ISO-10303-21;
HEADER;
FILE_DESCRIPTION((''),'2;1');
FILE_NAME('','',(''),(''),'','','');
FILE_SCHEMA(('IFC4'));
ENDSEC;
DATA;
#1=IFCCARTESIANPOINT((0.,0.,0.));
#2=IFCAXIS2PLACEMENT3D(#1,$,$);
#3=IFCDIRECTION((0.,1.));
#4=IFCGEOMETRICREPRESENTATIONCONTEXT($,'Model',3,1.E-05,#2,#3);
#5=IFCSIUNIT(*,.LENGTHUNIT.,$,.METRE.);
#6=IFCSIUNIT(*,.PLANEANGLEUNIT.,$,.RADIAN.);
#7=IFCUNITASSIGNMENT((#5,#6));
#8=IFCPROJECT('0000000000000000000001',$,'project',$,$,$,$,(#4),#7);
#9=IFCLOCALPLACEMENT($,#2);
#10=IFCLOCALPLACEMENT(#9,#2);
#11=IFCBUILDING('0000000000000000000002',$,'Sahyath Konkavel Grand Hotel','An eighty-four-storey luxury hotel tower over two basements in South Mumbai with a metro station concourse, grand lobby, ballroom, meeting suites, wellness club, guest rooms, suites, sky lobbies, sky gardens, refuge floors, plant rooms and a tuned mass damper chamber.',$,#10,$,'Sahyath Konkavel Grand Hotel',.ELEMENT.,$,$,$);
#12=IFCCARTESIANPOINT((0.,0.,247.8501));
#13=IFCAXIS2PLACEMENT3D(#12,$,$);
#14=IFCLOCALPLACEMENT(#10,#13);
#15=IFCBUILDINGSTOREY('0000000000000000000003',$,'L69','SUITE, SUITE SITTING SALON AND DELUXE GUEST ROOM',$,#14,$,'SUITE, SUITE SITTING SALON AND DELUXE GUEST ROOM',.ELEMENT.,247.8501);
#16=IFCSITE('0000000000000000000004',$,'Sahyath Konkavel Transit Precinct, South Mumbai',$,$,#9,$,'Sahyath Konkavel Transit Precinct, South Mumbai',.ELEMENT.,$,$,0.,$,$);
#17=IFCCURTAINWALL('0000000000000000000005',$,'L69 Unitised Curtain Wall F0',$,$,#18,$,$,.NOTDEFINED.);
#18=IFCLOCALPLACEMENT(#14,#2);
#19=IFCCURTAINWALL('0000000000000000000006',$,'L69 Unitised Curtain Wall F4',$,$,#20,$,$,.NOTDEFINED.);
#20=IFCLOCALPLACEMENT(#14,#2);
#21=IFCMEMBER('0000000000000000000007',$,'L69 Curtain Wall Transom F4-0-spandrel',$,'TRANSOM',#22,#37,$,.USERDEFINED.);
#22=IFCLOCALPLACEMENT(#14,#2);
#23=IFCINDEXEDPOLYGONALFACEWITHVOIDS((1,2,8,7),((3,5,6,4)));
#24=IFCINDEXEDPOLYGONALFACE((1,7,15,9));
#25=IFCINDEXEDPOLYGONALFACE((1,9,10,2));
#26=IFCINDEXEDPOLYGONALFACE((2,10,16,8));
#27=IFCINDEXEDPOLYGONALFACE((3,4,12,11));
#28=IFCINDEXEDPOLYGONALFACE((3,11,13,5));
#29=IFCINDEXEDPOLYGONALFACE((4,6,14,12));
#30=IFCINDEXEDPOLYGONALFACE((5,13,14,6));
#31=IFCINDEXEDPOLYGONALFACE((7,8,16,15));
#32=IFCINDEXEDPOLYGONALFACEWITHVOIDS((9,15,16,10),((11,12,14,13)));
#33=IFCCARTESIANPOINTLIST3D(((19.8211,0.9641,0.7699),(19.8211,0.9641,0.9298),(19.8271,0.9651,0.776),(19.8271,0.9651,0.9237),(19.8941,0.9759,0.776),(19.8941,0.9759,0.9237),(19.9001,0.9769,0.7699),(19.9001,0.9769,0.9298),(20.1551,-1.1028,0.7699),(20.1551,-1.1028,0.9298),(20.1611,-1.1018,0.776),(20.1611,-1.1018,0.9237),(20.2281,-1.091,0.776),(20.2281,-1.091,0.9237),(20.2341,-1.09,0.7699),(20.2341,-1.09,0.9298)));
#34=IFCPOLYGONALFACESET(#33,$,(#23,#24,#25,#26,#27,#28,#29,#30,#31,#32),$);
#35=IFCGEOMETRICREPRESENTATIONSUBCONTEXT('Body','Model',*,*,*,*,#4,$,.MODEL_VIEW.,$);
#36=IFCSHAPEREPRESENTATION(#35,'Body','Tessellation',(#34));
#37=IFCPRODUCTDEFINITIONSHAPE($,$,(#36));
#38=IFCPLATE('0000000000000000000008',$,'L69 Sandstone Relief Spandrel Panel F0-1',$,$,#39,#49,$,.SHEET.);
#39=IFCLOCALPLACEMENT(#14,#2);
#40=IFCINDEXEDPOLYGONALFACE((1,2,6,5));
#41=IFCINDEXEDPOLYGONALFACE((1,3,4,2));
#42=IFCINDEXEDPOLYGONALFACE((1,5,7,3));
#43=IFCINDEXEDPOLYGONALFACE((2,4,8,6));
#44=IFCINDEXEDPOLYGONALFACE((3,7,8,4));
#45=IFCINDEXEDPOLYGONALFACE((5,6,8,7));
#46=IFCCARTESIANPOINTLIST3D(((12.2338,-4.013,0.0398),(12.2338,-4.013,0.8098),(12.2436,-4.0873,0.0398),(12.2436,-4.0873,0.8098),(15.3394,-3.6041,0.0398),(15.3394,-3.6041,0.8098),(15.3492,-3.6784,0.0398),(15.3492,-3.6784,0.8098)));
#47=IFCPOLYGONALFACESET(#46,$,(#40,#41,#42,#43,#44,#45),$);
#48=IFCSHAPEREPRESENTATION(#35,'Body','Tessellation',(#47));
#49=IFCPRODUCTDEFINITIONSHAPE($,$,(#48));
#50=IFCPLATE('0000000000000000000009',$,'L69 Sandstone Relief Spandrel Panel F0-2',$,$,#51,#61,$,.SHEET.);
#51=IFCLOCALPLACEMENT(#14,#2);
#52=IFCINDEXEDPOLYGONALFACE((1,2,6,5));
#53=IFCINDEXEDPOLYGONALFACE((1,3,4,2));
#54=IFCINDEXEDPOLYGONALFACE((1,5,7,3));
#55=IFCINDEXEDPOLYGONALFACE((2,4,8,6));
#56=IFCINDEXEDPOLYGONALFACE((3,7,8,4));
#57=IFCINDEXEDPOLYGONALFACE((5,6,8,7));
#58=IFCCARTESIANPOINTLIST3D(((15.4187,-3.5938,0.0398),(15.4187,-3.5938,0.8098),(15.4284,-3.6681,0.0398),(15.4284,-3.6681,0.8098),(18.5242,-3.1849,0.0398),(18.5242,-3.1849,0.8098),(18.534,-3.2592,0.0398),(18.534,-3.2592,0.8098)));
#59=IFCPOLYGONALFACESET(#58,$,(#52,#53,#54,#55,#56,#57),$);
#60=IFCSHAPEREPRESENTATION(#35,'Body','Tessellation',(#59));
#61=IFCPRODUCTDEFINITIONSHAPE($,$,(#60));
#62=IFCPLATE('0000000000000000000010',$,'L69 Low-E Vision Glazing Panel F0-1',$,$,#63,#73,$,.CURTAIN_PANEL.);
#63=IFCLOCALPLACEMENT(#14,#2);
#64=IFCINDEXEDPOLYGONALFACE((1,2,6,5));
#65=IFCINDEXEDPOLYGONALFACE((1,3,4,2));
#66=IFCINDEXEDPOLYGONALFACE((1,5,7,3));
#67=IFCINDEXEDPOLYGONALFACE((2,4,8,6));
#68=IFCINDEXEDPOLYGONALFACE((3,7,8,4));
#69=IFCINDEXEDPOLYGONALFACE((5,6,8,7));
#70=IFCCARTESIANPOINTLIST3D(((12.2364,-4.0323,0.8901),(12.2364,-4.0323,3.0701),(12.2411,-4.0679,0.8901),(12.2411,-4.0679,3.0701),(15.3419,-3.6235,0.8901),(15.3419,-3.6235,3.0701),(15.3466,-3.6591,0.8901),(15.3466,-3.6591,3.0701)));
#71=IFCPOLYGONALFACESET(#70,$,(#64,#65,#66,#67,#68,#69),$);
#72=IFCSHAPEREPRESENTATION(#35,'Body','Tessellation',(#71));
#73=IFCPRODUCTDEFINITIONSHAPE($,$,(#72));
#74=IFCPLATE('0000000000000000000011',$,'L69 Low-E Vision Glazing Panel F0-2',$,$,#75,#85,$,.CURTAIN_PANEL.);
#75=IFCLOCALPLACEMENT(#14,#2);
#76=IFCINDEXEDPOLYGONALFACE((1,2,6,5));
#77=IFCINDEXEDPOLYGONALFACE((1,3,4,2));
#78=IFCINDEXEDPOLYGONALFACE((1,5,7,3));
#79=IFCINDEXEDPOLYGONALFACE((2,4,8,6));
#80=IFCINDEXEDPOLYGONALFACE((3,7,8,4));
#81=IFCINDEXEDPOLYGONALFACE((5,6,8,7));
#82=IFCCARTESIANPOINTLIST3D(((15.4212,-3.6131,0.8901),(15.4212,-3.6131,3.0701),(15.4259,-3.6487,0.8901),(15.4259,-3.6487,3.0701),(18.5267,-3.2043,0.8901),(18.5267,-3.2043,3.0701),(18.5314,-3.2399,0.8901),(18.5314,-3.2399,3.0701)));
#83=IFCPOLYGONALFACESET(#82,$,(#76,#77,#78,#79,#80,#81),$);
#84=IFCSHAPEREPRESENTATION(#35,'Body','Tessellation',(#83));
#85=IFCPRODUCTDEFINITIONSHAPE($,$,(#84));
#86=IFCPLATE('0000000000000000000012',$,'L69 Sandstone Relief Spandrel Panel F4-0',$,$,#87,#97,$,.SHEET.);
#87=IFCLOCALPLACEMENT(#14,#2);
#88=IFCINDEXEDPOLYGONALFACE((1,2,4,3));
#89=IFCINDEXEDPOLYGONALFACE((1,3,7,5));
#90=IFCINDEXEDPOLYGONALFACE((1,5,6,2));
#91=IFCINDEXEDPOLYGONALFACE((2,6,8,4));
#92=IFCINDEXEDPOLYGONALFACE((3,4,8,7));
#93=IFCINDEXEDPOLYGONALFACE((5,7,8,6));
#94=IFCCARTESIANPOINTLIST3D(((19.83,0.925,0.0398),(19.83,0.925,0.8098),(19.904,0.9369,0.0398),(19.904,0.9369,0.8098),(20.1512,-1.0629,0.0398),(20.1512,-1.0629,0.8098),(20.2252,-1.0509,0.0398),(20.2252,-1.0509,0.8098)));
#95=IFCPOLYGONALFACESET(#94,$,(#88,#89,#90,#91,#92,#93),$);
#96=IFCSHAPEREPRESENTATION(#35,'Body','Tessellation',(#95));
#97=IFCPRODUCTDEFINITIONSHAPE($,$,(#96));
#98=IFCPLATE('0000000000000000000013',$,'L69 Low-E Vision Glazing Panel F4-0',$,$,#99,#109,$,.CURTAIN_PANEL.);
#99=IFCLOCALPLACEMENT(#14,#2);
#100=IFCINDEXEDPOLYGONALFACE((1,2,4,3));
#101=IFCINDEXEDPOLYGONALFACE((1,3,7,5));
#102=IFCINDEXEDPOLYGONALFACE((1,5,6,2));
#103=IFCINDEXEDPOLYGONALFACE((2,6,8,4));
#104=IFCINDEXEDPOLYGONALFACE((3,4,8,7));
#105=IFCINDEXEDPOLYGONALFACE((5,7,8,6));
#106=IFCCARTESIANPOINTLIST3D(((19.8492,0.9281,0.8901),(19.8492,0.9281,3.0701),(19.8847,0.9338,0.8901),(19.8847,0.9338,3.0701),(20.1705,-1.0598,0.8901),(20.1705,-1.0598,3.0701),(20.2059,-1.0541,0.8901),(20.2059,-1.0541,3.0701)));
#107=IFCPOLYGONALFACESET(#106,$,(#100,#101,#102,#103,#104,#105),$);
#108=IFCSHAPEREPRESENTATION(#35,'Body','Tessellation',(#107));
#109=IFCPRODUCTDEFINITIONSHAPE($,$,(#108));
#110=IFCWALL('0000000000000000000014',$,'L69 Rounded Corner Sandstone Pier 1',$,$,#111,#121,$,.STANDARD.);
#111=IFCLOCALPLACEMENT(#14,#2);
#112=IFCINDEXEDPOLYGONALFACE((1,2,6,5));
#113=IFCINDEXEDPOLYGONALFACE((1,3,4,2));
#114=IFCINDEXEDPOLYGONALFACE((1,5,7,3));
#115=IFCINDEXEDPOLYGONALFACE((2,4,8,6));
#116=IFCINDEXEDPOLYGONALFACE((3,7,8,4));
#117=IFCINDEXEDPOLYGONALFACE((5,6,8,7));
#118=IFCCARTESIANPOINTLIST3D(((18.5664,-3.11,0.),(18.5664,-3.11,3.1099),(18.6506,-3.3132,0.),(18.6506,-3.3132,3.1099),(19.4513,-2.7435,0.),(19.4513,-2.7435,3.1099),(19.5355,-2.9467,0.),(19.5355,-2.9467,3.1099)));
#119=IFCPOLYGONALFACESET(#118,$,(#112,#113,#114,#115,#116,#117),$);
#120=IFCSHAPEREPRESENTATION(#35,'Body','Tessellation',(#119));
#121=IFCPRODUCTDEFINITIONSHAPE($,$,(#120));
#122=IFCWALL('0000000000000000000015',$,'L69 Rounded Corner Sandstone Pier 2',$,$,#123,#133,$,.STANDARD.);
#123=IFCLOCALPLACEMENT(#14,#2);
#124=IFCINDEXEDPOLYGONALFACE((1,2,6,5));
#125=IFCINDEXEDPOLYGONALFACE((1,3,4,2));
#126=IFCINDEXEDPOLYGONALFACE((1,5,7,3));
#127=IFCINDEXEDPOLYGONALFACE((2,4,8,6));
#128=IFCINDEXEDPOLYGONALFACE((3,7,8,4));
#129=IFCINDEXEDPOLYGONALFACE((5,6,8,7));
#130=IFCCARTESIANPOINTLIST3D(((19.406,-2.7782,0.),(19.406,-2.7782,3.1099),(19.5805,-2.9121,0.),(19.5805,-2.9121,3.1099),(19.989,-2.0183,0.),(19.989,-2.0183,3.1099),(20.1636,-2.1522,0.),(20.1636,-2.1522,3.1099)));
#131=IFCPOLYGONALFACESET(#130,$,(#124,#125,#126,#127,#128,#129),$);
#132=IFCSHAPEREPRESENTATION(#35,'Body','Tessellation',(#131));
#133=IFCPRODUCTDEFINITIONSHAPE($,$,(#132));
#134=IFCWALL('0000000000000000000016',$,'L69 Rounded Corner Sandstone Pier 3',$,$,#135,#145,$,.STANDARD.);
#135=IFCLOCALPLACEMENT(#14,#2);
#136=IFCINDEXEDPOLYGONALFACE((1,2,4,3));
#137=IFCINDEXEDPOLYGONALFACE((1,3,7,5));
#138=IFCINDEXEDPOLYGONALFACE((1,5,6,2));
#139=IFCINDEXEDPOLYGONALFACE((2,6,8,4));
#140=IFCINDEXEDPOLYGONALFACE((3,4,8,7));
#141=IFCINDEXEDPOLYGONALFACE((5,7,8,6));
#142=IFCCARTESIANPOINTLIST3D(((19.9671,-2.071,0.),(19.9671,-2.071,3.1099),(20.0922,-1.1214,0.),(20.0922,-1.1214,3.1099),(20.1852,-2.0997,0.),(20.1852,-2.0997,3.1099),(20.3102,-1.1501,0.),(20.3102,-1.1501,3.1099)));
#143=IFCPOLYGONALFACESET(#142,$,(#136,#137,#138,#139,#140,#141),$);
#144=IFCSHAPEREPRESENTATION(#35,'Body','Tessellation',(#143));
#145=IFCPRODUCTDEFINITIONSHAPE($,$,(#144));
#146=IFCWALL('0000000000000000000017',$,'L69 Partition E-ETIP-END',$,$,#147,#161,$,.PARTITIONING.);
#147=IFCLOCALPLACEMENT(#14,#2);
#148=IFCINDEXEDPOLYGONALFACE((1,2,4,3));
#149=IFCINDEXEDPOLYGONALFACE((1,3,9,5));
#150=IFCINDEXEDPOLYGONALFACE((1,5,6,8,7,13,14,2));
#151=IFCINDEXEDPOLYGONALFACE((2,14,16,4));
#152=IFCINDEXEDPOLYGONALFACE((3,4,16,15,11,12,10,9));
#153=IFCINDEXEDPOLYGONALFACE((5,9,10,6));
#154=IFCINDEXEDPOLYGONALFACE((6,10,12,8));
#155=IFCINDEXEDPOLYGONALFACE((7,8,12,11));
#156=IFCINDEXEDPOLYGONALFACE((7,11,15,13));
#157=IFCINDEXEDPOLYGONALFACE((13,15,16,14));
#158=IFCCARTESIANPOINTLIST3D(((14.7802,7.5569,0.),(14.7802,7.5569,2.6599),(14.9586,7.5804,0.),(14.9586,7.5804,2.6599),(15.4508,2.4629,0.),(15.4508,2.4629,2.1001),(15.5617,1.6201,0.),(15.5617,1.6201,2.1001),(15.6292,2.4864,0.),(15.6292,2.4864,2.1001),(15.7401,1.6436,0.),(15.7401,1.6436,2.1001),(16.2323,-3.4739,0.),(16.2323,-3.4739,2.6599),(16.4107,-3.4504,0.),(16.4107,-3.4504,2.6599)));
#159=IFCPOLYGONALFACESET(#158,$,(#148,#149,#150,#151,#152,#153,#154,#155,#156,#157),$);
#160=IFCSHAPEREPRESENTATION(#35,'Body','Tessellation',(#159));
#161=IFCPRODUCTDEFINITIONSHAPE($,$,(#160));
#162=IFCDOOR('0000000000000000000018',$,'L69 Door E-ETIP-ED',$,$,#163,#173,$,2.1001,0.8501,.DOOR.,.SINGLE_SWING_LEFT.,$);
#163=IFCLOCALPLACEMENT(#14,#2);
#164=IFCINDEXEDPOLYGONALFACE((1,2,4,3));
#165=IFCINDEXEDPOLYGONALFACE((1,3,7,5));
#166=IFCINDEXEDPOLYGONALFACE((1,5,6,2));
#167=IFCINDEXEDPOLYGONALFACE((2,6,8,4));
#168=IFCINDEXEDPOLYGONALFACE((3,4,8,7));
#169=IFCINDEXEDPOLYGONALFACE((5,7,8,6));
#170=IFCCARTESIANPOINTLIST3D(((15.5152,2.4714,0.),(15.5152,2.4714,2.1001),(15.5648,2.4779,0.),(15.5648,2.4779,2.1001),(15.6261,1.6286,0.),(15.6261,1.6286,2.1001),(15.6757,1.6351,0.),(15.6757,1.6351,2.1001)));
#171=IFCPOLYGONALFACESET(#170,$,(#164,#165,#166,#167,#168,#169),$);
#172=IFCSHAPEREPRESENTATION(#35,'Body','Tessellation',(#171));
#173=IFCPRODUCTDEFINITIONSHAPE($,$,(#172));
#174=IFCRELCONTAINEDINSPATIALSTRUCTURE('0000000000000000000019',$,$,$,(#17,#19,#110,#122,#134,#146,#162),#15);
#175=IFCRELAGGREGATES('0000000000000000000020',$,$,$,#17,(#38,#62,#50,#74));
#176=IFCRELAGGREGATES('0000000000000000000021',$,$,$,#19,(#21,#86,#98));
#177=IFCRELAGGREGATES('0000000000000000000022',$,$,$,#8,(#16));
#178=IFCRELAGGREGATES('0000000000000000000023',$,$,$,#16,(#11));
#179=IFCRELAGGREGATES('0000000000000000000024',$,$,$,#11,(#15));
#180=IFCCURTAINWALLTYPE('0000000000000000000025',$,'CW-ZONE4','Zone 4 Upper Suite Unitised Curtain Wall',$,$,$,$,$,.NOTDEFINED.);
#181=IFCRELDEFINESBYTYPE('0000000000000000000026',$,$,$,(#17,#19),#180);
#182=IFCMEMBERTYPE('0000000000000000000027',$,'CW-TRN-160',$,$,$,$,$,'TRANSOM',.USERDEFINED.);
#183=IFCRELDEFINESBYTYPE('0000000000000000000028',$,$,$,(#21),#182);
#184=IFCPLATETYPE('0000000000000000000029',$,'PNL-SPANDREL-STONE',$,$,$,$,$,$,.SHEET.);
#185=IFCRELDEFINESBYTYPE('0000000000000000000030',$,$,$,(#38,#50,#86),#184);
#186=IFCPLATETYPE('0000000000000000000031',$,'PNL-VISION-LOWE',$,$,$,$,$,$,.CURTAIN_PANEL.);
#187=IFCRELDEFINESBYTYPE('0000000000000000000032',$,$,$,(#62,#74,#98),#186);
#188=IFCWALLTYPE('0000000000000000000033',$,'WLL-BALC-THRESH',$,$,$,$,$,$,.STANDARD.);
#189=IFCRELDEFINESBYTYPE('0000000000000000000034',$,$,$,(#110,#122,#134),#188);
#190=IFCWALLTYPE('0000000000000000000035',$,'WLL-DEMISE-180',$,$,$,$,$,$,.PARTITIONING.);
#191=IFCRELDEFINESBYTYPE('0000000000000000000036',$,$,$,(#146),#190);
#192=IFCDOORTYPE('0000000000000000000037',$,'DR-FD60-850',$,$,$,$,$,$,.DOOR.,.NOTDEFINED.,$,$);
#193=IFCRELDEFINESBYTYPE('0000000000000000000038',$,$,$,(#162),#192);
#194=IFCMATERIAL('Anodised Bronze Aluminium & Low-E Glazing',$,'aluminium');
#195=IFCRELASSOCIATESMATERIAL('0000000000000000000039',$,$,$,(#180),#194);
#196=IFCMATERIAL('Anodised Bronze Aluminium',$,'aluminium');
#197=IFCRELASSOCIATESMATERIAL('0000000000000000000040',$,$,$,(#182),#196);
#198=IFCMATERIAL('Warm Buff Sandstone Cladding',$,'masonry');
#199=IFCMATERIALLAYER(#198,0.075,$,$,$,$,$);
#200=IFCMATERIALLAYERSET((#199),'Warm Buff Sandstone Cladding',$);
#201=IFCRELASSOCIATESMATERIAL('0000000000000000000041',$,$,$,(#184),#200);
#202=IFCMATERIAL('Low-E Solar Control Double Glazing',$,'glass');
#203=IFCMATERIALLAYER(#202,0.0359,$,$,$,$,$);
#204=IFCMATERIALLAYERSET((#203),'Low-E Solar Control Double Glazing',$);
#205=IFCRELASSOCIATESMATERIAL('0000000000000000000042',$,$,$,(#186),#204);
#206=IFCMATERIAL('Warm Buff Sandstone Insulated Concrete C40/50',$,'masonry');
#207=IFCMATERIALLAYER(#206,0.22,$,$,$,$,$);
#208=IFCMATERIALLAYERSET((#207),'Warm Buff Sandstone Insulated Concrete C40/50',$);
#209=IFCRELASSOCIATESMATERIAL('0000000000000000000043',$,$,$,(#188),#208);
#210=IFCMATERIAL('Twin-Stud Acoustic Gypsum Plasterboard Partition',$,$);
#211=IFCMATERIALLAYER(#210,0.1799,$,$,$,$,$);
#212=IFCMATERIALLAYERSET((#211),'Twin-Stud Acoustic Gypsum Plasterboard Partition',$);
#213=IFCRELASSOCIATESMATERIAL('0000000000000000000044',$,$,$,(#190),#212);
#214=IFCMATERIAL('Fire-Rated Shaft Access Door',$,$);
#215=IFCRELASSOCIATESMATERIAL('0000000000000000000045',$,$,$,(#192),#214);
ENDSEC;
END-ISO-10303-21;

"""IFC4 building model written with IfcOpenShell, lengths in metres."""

from ifc_helpers import new_model, si_unit, direction, frame, frame_2d, origin, origin_2d, place, context, subcontext, project, spatial, rectangle, hollow_rectangle, extrude, source, transform, mapped, material, layer, layer_set, material_profile, profile_set, type_object, element, fill, aggregate, save


model = new_model("IFC4")

# Units and contexts
model_context = context("Model", 3, precision=1e-05, world=origin(), true_north=direction((0.0, 1.0)))
body_context = subcontext(model_context, "Body", "Model", "MODEL_VIEW")
ifc_project = project(units=[si_unit("LENGTHUNIT", "METRE"), si_unit("PLANEANGLEUNIT", "RADIAN")], contexts=[model_context])

# Site, building, storey
site_placement = place(None, origin())
site = spatial("IfcSite", under=ifc_project, at=site_placement, Name="Sahyath Konkavel Transit Precinct, South Mumbai", LongName="Sahyath Konkavel Transit Precinct, South Mumbai", CompositionType="ELEMENT", RefElevation=0.0)
building_placement = place(site_placement, origin())
building = spatial("IfcBuilding", under=site, at=building_placement, Name="Sahyath Konkavel Grand Hotel", Description="An eighty-four-storey luxury hotel tower over two basements in South Mumbai with a metro station concourse, grand lobby, ballroom, meeting suites, wellness club, guest rooms, suites, sky lobbies, sky gardens, refuge floors, plant rooms and a tuned mass damper chamber.", LongName="Sahyath Konkavel Grand Hotel", CompositionType="ELEMENT")
storey_placement = place(building_placement, frame((0.0, 0.0, 247.8501)))
storey = spatial("IfcBuildingStorey", under=building, at=storey_placement, Name="L69", Description="SUITE, SUITE SITTING SALON AND DELUXE GUEST ROOM", LongName="SUITE, SUITE SITTING SALON AND DELUXE GUEST ROOM", CompositionType="ELEMENT", Elevation=247.8501)

# Curtain wall
ifc_material_1 = material(Name="Anodised Bronze Aluminium & Low-E Glazing", Category="aluminium")
curtain_wall_type = type_object("IfcCurtainWallType", Name="CW-ZONE4", Description="Zone 4 Upper Suite Unitised Curtain Wall", PredefinedType="NOTDEFINED", material=ifc_material_1)
curtain_wall_1_placement = place(storey_placement, origin())
curtain_wall_1 = element("IfcCurtainWall", 1, at=curtain_wall_1_placement, inside=storey, type_object=curtain_wall_type, Name="L69 Unitised Curtain Wall F0", PredefinedType="NOTDEFINED")
ifc_material_2 = material(Name="Anodised Bronze Aluminium", Category="aluminium")

# Curtain wall
curtain_wall_2_placement = place(storey_placement, origin())
curtain_wall_2 = element("IfcCurtainWall", 2, at=curtain_wall_2_placement, inside=storey, type_object=curtain_wall_type, Name="L69 Unitised Curtain Wall F4", PredefinedType="NOTDEFINED")

# Member
ifc_material_profile_1 = material_profile(ifc_material_2, hollow_rectangle(XDim=0.0801, YDim=0.1599, WallThickness=0.0061, at=origin_2d()), Name="RHS 160x80x6")
ifc_profile_set_1 = profile_set([ifc_material_profile_1], Name="Anodised Bronze Aluminium")
member_type_1 = type_object("IfcMemberType", Name="CW-TRN-160", ElementType="TRANSOM", PredefinedType="USERDEFINED", material=ifc_profile_set_1)
shared_shape_1 = source(origin(), body_context, "Body", "SweptSolid", [
    extrude(hollow_rectangle(XDim=0.0801, YDim=0.1599, WallThickness=0.0061, at=origin_2d()), origin(), (0.0, 0.0, 1.0), 2.0938),
])
member_1_placement = place(storey_placement, frame((20.1946, -1.0964, 0.8499), z_axis=(-0.159518, 0.987195, 0.0), x_axis=(-0.987195, -0.159518, 0.0)))
member_1 = element("IfcMember", 3, at=member_1_placement, type_object=member_type_1, Name="L69 Curtain Wall Transom F4-0-spandrel", ObjectType="TRANSOM", PredefinedType="USERDEFINED", context=body_context, shape_type="MappedRepresentation", body=[
    mapped(shared_shape_1, transform((0.0, 0.0, 0.0), scale=1.0)),
])

# Plates
ifc_material_3 = material(Name="Warm Buff Sandstone Cladding", Category="masonry")
ifc_layer_1 = layer(ifc_material_3, 0.075)
ifc_layer_set_1 = layer_set([ifc_layer_1], Name="Warm Buff Sandstone Cladding")
plate_type_1 = type_object("IfcPlateType", Name="PNL-SPANDREL-STONE", PredefinedType="SHEET", material=ifc_layer_set_1)
shared_shape_2 = source(origin(), body_context, "Body", "SweptSolid", [
    extrude(rectangle(XDim=3.1323, YDim=0.075, at=origin_2d()), origin(), (0.0, 0.0, 1.0), 0.77),
])
plate_1_placement = place(storey_placement, frame((13.7915, -3.8457, 0.0398), z_axis=(0.0, 0.0, 1.0), x_axis=(0.991445, 0.130526, 0.0)))
plate_1 = element("IfcPlate", 4, at=plate_1_placement, type_object=plate_type_1, Name="L69 Sandstone Relief Spandrel Panel F0-1", PredefinedType="SHEET", context=body_context, shape_type="MappedRepresentation", body=[
    mapped(shared_shape_2, transform((0.0, 0.0, 0.0), scale=1.0)),
])
plate_2_placement = place(storey_placement, frame((16.9763, -3.4265, 0.0398), z_axis=(0.0, 0.0, 1.0), x_axis=(0.991445, 0.130526, 0.0)))
plate_2 = element("IfcPlate", 5, at=plate_2_placement, type_object=plate_type_1, Name="L69 Sandstone Relief Spandrel Panel F0-2", PredefinedType="SHEET", context=body_context, shape_type="MappedRepresentation", body=[
    mapped(shared_shape_2, transform((0.0, 0.0, 0.0), scale=1.0)),
])
ifc_material_4 = material(Name="Low-E Solar Control Double Glazing", Category="glass")
ifc_layer_2 = layer(ifc_material_4, 0.0359)
ifc_layer_set_2 = layer_set([ifc_layer_2], Name="Low-E Solar Control Double Glazing")
plate_type_2 = type_object("IfcPlateType", Name="PNL-VISION-LOWE", PredefinedType="CURTAIN_PANEL", material=ifc_layer_set_2)
shared_shape_3 = source(origin(), body_context, "Body", "SweptSolid", [
    extrude(rectangle(XDim=3.1323, YDim=0.0359, at=origin_2d()), origin(), (0.0, 0.0, 1.0), 2.1799),
])
plate_3_placement = place(storey_placement, frame((13.7915, -3.8457, 0.8901), z_axis=(0.0, 0.0, 1.0), x_axis=(0.991445, 0.130526, 0.0)))
plate_3 = element("IfcPlate", 6, at=plate_3_placement, type_object=plate_type_2, Name="L69 Low-E Vision Glazing Panel F0-1", PredefinedType="CURTAIN_PANEL", context=body_context, shape_type="MappedRepresentation", body=[
    mapped(shared_shape_3, transform((0.0, 0.0, 0.0), scale=1.0)),
])
plate_4_placement = place(storey_placement, frame((16.9763, -3.4265, 0.8901), z_axis=(0.0, 0.0, 1.0), x_axis=(0.991445, 0.130526, 0.0)))
plate_4 = element("IfcPlate", 7, at=plate_4_placement, type_object=plate_type_2, Name="L69 Low-E Vision Glazing Panel F0-2", PredefinedType="CURTAIN_PANEL", context=body_context, shape_type="MappedRepresentation", body=[
    mapped(shared_shape_3, transform((0.0, 0.0, 0.0), scale=1.0)),
])
aggregate(curtain_wall_1, [plate_1, plate_3, plate_2, plate_4])
shared_shape_4 = source(origin(), body_context, "Body", "SweptSolid", [
    extrude(rectangle(XDim=2.0137, YDim=0.075, at=origin_2d()), origin(), (0.0, 0.0, 1.0), 0.77),
])
plate_5_placement = place(storey_placement, frame((20.0276, -0.063, 0.0398), z_axis=(0.0, 0.0, 1.0), x_axis=(-0.159537, 0.987192, 0.0)))
plate_5 = element("IfcPlate", 8, at=plate_5_placement, type_object=plate_type_1, Name="L69 Sandstone Relief Spandrel Panel F4-0", PredefinedType="SHEET", context=body_context, shape_type="MappedRepresentation", body=[
    mapped(shared_shape_4, transform((0.0, 0.0, 0.0), scale=1.0)),
])
shared_shape_5 = source(origin(), body_context, "Body", "SweptSolid", [
    extrude(rectangle(XDim=2.0137, YDim=0.0359, at=origin_2d()), origin(), (0.0, 0.0, 1.0), 2.1799),
])
plate_6_placement = place(storey_placement, frame((20.0276, -0.063, 0.8901), z_axis=(0.0, 0.0, 1.0), x_axis=(-0.159537, 0.987192, 0.0)))
plate_6 = element("IfcPlate", 9, at=plate_6_placement, type_object=plate_type_2, Name="L69 Low-E Vision Glazing Panel F4-0", PredefinedType="CURTAIN_PANEL", context=body_context, shape_type="MappedRepresentation", body=[
    mapped(shared_shape_5, transform((0.0, 0.0, 0.0), scale=1.0)),
])
aggregate(curtain_wall_2, [member_1, plate_5, plate_6])

# Walls
ifc_material_5 = material(Name="Warm Buff Sandstone Insulated Concrete C40/50", Category="masonry")
ifc_layer_3 = layer(ifc_material_5, 0.22)
ifc_layer_set_3 = layer_set([ifc_layer_3], Name="Warm Buff Sandstone Insulated Concrete C40/50")
wall_type_1 = type_object("IfcWallType", Name="WLL-BALC-THRESH", PredefinedType="STANDARD", material=ifc_layer_set_3)
for number, where, z_axis, x_axis, name in (
    (10, (18.6084, -3.2117, 0.0), (0.0, 0.0, 1.0), (0.923889, 0.38266, 0.0), "L69 Rounded Corner Sandstone Pier 1"),
    (11, (19.4932, -2.8452, 0.0), (0.0, 0.0, 1.0), (0.608774, 0.793344, 0.0), "L69 Rounded Corner Sandstone Pier 2"),
    (12, (20.0762, -2.0854, 0.0), (0.0, 0.0, 1.0), (0.130527, 0.991445, 0.0), "L69 Rounded Corner Sandstone Pier 3"),
):
    element("IfcWall", number, at=place(storey_placement, frame(where, z_axis=z_axis, x_axis=x_axis)), inside=storey, type_object=wall_type_1, Name=name, PredefinedType="STANDARD", context=body_context, shape_type="SweptSolid", body=[
        extrude(rectangle(XDim=0.9578, YDim=0.22, at=frame_2d((0.479, 0.0))), origin(), (0.0, 0.0, 1.0), 3.1099),
    ])

# Wall, opening, door
ifc_material_6 = material(Name="Twin-Stud Acoustic Gypsum Plasterboard Partition")
ifc_layer_4 = layer(ifc_material_6, 0.1799)
ifc_layer_set_4 = layer_set([ifc_layer_4], Name="Twin-Stud Acoustic Gypsum Plasterboard Partition")
wall_type_2 = type_object("IfcWallType", Name="WLL-DEMISE-180", PredefinedType="PARTITIONING", material=ifc_layer_set_4)
wall_1_placement = place(storey_placement, frame((16.3215, -3.4622, 0.0), z_axis=(0.0, 0.0, 1.0), x_axis=(-0.130519, 0.991446, 0.0)))
wall_1 = element("IfcWall", 13, at=wall_1_placement, inside=storey, type_object=wall_type_2, Name="L69 Partition E-ETIP-END", PredefinedType="PARTITIONING", context=body_context, shape_type="SweptSolid", body=[
    extrude(rectangle(XDim=11.126, YDim=0.1799, at=frame_2d((5.563, 0.0))), origin(), (0.0, 0.0, 1.0), 2.6599),
])
opening_1_placement = place(wall_1_placement, frame((5.1379, 0.0, 0.0)))
opening_1 = element("IfcOpeningElement", 14, at=opening_1_placement, cuts=wall_1, PredefinedType="OPENING", context=body_context, shape_type="SweptSolid", body=[
    extrude(rectangle(XDim=0.8501, YDim=2.1001, at=frame_2d((0.425, 1.05))), frame((0.0, 0.1001, 0.0), z_axis=(0.0, -1.0, 0.0), x_axis=(1.0, 0.0, 0.0)), (0.0, 0.0, 1.0), 0.2),
])
ifc_material_7 = material(Name="Fire-Rated Shaft Access Door")
door_type_1 = type_object("IfcDoorType", Name="DR-FD60-850", OperationType="NOTDEFINED", PredefinedType="DOOR", material=ifc_material_7)
shared_shape_6 = source(origin(), body_context, "Body", "SweptSolid", [
    extrude(rectangle(XDim=0.8501, YDim=0.05, at=origin_2d()), origin(), (0.0, 0.0, 1.0), 2.1001),
])
door_1_placement = place(opening_1_placement, frame((0.425, 0.0, 0.0)))
door_1 = element("IfcDoor", 15, at=door_1_placement, inside=storey, type_object=door_type_1, Name="L69 Door E-ETIP-ED", OperationType="SINGLE_SWING_LEFT", OverallHeight=2.1001, OverallWidth=0.8501, PredefinedType="DOOR", context=body_context, shape_type="MappedRepresentation", body=[
    mapped(shared_shape_6, transform((0.0, 0.0, 0.0), scale=1.0)),
])
fill(opening_1, door_1)

save(model, "model.ifc")
